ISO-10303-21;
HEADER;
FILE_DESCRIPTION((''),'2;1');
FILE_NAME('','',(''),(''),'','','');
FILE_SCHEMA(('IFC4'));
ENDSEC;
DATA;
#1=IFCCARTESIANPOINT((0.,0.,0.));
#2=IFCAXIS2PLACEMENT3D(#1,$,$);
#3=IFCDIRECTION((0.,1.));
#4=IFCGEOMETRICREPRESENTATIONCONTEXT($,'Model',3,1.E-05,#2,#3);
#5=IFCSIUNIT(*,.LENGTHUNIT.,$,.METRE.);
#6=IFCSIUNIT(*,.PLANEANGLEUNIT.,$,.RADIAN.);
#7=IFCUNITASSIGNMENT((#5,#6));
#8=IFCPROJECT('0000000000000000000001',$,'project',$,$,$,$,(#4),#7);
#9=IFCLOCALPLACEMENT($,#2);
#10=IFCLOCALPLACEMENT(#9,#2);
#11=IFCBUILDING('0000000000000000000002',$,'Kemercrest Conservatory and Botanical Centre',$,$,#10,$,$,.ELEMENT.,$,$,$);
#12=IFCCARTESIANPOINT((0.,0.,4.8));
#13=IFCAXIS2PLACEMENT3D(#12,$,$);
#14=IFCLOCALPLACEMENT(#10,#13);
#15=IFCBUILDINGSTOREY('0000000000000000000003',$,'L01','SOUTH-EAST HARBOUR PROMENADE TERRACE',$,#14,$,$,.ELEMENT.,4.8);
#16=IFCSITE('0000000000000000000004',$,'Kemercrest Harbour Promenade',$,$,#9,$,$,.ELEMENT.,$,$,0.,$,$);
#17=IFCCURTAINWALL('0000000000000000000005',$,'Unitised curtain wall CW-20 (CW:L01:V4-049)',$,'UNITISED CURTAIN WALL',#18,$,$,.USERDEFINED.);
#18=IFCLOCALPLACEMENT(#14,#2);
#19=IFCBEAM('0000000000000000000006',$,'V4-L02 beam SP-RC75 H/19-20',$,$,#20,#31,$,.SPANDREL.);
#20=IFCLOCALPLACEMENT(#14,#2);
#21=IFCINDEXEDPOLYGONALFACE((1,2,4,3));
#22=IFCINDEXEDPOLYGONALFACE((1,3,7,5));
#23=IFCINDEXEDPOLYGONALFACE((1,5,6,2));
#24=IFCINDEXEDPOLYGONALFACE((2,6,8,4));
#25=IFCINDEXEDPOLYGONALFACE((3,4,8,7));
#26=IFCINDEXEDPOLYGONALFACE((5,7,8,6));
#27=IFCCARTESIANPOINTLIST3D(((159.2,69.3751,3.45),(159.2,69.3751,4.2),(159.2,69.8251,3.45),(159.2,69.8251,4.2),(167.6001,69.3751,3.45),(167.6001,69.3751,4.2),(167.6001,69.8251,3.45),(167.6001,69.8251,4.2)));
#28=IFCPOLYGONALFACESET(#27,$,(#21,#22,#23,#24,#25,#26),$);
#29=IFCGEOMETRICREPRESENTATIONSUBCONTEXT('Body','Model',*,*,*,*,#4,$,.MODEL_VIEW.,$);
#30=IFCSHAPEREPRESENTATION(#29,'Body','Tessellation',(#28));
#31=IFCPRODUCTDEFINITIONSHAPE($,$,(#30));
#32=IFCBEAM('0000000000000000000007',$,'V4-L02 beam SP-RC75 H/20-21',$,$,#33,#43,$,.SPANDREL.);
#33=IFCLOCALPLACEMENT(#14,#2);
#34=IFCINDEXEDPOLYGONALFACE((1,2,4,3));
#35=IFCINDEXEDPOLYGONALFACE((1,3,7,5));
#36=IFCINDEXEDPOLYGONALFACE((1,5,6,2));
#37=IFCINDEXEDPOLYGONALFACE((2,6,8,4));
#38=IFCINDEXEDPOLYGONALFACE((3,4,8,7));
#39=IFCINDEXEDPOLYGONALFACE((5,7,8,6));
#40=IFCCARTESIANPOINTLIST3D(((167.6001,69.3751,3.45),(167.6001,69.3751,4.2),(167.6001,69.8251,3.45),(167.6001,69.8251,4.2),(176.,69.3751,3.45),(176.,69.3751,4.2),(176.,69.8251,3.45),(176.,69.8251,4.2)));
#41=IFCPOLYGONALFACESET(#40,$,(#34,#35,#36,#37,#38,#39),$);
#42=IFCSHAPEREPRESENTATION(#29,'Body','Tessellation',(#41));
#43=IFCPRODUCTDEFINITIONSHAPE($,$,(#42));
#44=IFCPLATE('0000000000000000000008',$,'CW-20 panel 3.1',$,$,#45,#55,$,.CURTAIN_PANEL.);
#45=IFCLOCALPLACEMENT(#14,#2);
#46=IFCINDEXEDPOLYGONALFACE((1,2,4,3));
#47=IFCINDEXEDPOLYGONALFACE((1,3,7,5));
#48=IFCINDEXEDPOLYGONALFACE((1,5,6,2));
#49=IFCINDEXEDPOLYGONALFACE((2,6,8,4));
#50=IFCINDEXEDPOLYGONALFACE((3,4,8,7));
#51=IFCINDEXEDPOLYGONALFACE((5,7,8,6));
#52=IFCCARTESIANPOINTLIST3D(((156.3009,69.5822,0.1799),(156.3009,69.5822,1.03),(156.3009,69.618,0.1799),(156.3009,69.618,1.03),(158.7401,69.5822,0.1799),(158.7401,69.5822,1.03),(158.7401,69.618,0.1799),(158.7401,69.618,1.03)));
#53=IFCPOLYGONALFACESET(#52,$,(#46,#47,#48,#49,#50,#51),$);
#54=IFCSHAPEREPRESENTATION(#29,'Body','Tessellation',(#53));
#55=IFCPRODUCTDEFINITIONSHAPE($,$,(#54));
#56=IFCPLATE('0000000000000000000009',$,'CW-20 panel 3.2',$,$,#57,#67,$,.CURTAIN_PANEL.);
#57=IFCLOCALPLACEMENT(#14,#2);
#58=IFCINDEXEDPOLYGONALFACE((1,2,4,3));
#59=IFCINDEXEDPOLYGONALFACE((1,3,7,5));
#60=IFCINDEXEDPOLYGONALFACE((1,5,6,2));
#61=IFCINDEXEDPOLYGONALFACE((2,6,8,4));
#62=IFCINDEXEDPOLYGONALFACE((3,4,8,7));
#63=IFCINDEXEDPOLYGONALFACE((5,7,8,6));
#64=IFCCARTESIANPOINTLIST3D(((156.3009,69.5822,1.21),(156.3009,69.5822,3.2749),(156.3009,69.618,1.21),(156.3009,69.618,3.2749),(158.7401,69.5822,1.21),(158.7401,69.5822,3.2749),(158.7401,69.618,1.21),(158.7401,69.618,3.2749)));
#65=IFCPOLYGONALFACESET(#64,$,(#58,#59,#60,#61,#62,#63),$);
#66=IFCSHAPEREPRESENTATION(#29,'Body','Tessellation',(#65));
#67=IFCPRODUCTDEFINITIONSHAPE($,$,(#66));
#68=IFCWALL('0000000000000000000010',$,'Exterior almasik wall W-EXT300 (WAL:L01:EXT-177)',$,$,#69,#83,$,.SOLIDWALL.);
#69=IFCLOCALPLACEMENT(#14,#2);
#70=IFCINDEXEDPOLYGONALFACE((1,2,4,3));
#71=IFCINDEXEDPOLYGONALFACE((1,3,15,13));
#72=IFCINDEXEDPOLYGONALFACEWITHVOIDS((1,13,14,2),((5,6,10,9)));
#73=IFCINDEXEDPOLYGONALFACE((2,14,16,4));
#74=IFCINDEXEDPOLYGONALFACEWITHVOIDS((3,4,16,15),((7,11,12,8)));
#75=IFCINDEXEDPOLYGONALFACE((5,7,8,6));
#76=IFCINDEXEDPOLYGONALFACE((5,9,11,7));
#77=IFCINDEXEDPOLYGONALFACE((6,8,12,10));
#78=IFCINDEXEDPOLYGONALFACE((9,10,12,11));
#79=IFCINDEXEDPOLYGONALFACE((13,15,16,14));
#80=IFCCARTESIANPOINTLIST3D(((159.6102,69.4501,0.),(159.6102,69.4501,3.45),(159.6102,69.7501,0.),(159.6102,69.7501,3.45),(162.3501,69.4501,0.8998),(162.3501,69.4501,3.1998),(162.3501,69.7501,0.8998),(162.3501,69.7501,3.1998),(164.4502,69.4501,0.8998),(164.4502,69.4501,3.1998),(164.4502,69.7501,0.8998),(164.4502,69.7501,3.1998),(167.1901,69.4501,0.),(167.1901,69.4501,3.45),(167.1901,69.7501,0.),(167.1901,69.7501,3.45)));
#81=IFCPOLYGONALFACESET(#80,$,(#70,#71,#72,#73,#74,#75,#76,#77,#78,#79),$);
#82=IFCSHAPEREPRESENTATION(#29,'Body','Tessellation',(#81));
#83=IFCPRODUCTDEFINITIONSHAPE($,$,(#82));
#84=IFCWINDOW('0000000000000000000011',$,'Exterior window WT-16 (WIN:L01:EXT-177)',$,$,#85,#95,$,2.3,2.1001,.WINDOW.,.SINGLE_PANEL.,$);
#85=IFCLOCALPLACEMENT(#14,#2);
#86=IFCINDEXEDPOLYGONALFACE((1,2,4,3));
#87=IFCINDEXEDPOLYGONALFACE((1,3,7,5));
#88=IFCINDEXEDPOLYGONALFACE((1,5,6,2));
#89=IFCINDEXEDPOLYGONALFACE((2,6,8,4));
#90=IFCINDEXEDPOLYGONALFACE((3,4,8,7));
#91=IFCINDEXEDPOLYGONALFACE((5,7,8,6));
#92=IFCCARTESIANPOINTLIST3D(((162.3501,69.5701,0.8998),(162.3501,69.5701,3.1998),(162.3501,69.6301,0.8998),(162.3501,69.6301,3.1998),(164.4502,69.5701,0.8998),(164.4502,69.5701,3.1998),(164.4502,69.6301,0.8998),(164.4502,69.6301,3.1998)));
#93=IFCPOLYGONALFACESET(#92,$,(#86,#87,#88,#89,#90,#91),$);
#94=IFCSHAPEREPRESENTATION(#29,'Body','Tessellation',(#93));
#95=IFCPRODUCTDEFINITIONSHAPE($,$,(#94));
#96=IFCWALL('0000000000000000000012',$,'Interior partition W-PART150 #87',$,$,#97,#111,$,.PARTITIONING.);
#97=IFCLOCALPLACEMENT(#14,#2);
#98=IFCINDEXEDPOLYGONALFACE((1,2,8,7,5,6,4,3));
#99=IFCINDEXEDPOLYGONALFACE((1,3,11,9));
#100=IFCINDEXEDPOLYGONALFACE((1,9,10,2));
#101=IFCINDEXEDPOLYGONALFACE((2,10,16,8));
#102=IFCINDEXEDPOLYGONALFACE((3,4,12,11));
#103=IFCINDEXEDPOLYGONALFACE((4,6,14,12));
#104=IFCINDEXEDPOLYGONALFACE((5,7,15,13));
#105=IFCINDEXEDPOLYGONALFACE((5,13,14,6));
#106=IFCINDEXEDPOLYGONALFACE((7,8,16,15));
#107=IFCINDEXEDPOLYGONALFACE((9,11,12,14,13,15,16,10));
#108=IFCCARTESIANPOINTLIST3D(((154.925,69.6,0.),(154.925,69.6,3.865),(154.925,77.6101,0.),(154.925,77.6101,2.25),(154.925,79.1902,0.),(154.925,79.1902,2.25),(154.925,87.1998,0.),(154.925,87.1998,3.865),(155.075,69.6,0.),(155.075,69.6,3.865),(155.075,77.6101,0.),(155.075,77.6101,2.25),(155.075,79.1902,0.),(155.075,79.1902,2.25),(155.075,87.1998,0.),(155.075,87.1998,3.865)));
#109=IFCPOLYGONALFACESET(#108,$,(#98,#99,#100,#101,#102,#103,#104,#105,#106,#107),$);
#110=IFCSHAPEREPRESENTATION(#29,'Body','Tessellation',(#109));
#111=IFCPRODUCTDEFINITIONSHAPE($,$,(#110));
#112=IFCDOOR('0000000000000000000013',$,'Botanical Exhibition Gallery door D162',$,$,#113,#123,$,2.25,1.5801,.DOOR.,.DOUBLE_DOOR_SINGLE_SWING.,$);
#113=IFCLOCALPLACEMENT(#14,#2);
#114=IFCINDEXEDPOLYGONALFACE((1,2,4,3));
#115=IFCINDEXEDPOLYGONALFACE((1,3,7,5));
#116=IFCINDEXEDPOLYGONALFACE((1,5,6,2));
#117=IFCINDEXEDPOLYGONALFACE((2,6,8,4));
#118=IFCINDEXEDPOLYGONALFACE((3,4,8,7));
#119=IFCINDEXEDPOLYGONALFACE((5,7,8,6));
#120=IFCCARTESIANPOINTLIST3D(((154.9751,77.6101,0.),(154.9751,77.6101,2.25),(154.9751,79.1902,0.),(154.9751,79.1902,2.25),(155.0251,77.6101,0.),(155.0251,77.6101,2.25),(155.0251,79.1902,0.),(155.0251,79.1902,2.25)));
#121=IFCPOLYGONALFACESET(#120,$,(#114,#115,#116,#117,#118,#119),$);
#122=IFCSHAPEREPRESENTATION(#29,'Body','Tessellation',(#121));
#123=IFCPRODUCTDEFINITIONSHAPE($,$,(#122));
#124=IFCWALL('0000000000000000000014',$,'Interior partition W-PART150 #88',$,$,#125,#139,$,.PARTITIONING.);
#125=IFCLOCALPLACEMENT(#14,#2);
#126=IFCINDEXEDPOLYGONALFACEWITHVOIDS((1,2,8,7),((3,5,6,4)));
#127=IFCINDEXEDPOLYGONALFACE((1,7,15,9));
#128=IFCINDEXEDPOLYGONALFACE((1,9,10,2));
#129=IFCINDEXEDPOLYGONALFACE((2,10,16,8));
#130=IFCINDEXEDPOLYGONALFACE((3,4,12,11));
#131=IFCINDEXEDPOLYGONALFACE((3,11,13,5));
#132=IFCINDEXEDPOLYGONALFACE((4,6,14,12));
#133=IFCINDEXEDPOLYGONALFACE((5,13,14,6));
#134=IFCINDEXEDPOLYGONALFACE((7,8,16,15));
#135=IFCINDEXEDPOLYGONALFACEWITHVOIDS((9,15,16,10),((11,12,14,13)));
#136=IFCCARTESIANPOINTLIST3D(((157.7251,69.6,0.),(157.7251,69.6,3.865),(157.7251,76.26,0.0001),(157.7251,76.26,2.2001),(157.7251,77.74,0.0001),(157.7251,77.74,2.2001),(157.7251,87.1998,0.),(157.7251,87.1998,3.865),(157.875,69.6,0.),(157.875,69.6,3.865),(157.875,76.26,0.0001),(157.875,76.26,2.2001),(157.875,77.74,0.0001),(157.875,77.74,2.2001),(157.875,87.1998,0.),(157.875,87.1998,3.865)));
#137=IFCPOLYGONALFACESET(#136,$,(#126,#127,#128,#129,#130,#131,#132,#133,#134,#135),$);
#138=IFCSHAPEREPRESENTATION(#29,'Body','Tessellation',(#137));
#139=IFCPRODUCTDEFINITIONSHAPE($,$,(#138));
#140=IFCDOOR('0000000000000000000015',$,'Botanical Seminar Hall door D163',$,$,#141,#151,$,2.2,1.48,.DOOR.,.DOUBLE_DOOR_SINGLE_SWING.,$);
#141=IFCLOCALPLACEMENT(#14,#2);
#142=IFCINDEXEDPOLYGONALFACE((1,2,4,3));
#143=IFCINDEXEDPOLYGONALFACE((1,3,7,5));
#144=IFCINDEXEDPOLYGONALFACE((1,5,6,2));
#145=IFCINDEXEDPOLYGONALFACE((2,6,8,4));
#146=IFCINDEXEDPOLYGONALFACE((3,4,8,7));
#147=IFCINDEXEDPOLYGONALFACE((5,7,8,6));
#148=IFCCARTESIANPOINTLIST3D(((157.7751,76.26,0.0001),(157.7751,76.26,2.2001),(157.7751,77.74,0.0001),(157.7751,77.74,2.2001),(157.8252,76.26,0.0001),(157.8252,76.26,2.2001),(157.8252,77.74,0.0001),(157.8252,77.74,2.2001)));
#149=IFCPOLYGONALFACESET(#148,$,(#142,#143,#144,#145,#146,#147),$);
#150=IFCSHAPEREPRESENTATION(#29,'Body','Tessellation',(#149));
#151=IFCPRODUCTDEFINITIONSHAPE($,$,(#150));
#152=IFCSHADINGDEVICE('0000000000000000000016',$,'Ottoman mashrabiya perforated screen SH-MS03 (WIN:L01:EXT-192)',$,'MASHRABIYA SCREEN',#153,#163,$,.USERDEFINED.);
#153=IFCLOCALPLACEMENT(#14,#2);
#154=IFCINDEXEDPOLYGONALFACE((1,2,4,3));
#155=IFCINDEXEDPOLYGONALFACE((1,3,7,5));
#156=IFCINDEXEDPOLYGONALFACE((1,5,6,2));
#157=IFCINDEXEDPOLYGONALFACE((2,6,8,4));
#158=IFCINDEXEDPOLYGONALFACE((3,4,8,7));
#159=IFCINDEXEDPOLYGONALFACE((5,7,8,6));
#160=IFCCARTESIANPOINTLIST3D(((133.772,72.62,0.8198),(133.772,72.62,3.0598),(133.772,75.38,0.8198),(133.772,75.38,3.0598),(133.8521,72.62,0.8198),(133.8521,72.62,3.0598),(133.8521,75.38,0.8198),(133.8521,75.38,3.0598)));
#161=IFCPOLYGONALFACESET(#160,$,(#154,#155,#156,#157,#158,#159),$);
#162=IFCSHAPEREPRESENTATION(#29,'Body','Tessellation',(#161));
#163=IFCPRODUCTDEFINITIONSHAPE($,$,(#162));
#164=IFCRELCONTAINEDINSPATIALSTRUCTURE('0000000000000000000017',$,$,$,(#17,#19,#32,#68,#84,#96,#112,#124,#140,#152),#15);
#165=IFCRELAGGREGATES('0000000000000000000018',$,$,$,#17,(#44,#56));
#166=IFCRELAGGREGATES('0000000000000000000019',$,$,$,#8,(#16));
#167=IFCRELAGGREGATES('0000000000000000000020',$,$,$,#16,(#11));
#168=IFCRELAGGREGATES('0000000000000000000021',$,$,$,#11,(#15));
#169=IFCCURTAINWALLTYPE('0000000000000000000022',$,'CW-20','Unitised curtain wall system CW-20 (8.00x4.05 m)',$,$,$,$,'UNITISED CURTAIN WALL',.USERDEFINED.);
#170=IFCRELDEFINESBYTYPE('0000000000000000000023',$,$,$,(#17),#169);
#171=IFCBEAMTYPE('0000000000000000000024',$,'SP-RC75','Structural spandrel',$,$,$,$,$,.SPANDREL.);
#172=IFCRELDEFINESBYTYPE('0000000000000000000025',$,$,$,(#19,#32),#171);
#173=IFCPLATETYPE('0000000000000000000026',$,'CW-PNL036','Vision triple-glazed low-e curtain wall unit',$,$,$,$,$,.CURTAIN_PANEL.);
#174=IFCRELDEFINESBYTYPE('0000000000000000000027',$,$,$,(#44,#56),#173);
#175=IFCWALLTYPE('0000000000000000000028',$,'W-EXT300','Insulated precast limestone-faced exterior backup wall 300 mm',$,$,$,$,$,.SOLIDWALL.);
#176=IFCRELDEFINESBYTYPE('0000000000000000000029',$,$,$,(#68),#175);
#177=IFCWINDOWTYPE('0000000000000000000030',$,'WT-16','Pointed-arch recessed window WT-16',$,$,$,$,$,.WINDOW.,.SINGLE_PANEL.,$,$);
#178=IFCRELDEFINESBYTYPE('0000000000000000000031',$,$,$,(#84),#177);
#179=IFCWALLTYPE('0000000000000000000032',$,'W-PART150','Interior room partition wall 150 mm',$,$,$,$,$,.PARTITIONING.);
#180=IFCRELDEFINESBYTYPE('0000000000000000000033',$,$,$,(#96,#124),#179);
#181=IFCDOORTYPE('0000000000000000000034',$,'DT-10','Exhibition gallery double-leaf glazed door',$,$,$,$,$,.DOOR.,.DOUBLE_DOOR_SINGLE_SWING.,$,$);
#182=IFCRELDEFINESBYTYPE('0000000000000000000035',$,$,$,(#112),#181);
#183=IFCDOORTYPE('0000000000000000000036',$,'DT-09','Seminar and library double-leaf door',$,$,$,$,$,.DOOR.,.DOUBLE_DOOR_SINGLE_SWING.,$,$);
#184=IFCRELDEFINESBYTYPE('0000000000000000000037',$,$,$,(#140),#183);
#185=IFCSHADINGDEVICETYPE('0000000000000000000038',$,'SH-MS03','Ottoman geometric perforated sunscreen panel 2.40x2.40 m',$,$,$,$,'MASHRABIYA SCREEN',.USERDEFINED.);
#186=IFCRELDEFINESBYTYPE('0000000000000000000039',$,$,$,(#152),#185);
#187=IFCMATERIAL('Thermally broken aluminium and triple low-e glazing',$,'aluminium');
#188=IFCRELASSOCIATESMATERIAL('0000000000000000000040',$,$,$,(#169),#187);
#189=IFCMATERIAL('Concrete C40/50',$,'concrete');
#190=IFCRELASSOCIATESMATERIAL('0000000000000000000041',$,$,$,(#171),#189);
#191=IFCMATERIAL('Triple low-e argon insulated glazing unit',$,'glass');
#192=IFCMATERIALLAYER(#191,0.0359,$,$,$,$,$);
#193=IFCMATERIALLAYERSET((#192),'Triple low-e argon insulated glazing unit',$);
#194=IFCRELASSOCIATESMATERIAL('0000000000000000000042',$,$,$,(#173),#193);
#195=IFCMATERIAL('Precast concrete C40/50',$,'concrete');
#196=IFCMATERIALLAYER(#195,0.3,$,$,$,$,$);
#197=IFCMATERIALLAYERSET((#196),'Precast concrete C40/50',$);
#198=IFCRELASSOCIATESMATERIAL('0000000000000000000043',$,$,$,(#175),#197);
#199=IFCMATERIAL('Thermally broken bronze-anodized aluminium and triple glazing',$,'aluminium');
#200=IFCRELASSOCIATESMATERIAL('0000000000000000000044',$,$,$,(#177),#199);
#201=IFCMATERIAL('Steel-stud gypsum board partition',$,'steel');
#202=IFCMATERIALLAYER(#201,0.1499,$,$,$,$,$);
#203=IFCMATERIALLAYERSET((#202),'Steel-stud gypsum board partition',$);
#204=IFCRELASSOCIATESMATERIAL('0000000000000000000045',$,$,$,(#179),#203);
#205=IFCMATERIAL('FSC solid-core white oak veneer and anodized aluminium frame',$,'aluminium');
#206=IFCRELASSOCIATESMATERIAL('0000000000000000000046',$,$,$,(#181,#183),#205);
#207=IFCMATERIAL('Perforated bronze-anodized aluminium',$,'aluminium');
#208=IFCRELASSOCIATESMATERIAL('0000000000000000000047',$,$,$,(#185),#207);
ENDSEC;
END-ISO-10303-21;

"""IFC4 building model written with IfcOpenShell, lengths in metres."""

from ifc_helpers import new_model, si_unit, direction, frame, frame_2d, origin, origin_2d, place, context, subcontext, project, spatial, rectangle, extrude, material, layer, layer_set, material_profile, profile_set, type_object, element, fill, aggregate, save


model = new_model("IFC4")

# Units and contexts
model_context = context("Model", 3, precision=1e-05, world=origin(), true_north=direction((0.0, 1.0)))
body_context = subcontext(model_context, "Body", "Model", "MODEL_VIEW")
ifc_project = project(units=[si_unit("LENGTHUNIT", "METRE"), si_unit("PLANEANGLEUNIT", "RADIAN")], contexts=[model_context])

# Site, building, storey
site_placement = place(None, origin())
site = spatial("IfcSite", under=ifc_project, at=site_placement, Name="Kemercrest Harbour Promenade", CompositionType="ELEMENT", RefElevation=0.0)
building_placement = place(site_placement, origin())
building = spatial("IfcBuilding", under=site, at=building_placement, Name="Kemercrest Conservatory and Botanical Centre", CompositionType="ELEMENT")
storey_placement = place(building_placement, frame((0.0, 0.0, 4.8)))
storey = spatial("IfcBuildingStorey", under=building, at=storey_placement, Name="L01", Description="SOUTH-EAST HARBOUR PROMENADE TERRACE", CompositionType="ELEMENT", Elevation=4.8)

# Shared definitions
ifc_material_1 = material(Name="Concrete C40/50", Category="concrete")

# Curtain wall
ifc_material_2 = material(Name="Thermally broken aluminium and triple low-e glazing", Category="aluminium")
curtain_wall_type = type_object("IfcCurtainWallType", Name="CW-20", Description="Unitised curtain wall system CW-20 (8.00x4.05 m)", ElementType="UNITISED CURTAIN WALL", PredefinedType="USERDEFINED", material=ifc_material_2)
curtain_wall_placement = place(storey_placement, origin())
curtain_wall = element("IfcCurtainWall", 1, at=curtain_wall_placement, inside=storey, type_object=curtain_wall_type, Name="Unitised curtain wall CW-20 (CW:L01:V4-049)", ObjectType="UNITISED CURTAIN WALL", PredefinedType="USERDEFINED")

# Beams
ifc_material_profile_1 = material_profile(ifc_material_1, rectangle(XDim=0.45, YDim=0.75, at=origin_2d()), Name="RC 450x750")
ifc_profile_set_1 = profile_set([ifc_material_profile_1], Name="Concrete C40/50")
beam_type_1 = type_object("IfcBeamType", Name="SP-RC75", Description="Structural spandrel", PredefinedType="SPANDREL", material=ifc_profile_set_1)
beam_1_placement = place(storey_placement, frame((159.2, 69.6001, 3.825), z_axis=(1.0, 0.0, 0.0), x_axis=(0.0, 1.0, 0.0)))
element("IfcBeam", 2, at=beam_1_placement, inside=storey, type_object=beam_type_1, Name="V4-L02 beam SP-RC75 H/19-20", PredefinedType="SPANDREL", context=body_context, shape_type="SweptSolid", body=[
    extrude(rectangle(XDim=0.45, YDim=0.75, at=origin_2d()), origin(), (0.0, 0.0, 1.0), 8.4001),
])
beam_2_placement = place(storey_placement, frame((167.6001, 69.6001, 3.825), z_axis=(1.0, 0.0, 0.0), x_axis=(0.0, 1.0, 0.0)))
element("IfcBeam", 3, at=beam_2_placement, inside=storey, type_object=beam_type_1, Name="V4-L02 beam SP-RC75 H/20-21", PredefinedType="SPANDREL", context=body_context, shape_type="SweptSolid", body=[
    extrude(rectangle(XDim=0.45, YDim=0.75, at=origin_2d()), origin(), (0.0, 0.0, 1.0), 8.3999),
])

# Plates
ifc_material_3 = material(Name="Triple low-e argon insulated glazing unit", Category="glass")
ifc_layer_1 = layer(ifc_material_3, 0.0359)
ifc_layer_set_1 = layer_set([ifc_layer_1], Name="Triple low-e argon insulated glazing unit")
plate_type = type_object("IfcPlateType", Name="CW-PNL036", Description="Vision triple-glazed low-e curtain wall unit", PredefinedType="CURTAIN_PANEL", material=ifc_layer_set_1)
plate_1_placement = place(storey_placement, frame((157.5205, 69.6001, 0.1799), z_axis=(0.0, 0.0, 1.0), x_axis=(1.0, 0.0, 0.0)))
plate_1 = element("IfcPlate", 4, at=plate_1_placement, type_object=plate_type, Name="CW-20 panel 3.1", PredefinedType="CURTAIN_PANEL", context=body_context, shape_type="SweptSolid", body=[
    extrude(rectangle(XDim=2.4392, YDim=0.0359, at=origin_2d()), origin(), (0.0, 0.0, 1.0), 0.8501),
])
plate_2_placement = place(storey_placement, frame((157.5205, 69.6001, 1.21), z_axis=(0.0, 0.0, 1.0), x_axis=(1.0, 0.0, 0.0)))
plate_2 = element("IfcPlate", 5, at=plate_2_placement, type_object=plate_type, Name="CW-20 panel 3.2", PredefinedType="CURTAIN_PANEL", context=body_context, shape_type="SweptSolid", body=[
    extrude(rectangle(XDim=2.4392, YDim=0.0359, at=origin_2d()), origin(), (0.0, 0.0, 1.0), 2.0649),
])
aggregate(curtain_wall, [plate_1, plate_2])

# Wall, opening, window
ifc_material_4 = material(Name="Precast concrete C40/50", Category="concrete")
ifc_layer_2 = layer(ifc_material_4, 0.3)
ifc_layer_set_2 = layer_set([ifc_layer_2], Name="Precast concrete C40/50")
wall_type_1 = type_object("IfcWallType", Name="W-EXT300", Description="Insulated precast limestone-faced exterior backup wall 300 mm", PredefinedType="SOLIDWALL", material=ifc_layer_set_2)
wall_1_placement = place(storey_placement, frame((159.6101, 69.6001, 0.0), z_axis=(0.0, 0.0, 1.0), x_axis=(1.0, 0.0, 0.0)))
wall_1 = element("IfcWall", 6, at=wall_1_placement, inside=storey, type_object=wall_type_1, Name="Exterior almasik wall W-EXT300 (WAL:L01:EXT-177)", PredefinedType="SOLIDWALL", context=body_context, shape_type="SweptSolid", body=[
    extrude(rectangle(XDim=7.5798, YDim=0.3, at=frame_2d((3.79, 0.0))), origin(), (0.0, 0.0, 1.0), 3.45),
])
opening_1_placement = place(wall_1_placement, frame((2.74, 0.0, 0.8999)))
opening_1 = element("IfcOpeningElement", 7, at=opening_1_placement, cuts=wall_1, PredefinedType="OPENING", context=body_context, shape_type="SweptSolid", body=[
    extrude(rectangle(XDim=2.1001, YDim=2.3, at=frame_2d((1.05, 1.1499))), frame((0.0, 0.1602, 0.0), z_axis=(0.0, -1.0, 0.0), x_axis=(1.0, 0.0, 0.0)), (0.0, 0.0, 1.0), 0.3201),
])
ifc_material_5 = material(Name="Thermally broken bronze-anodized aluminium and triple glazing", Category="aluminium")
window_type = type_object("IfcWindowType", Name="WT-16", Description="Pointed-arch recessed window WT-16", PartitioningType="SINGLE_PANEL", PredefinedType="WINDOW", material=ifc_material_5)
window_placement = place(opening_1_placement, origin())
window = element("IfcWindow", 8, at=window_placement, inside=storey, type_object=window_type, Name="Exterior window WT-16 (WIN:L01:EXT-177)", OverallHeight=2.3, OverallWidth=2.1001, PartitioningType="SINGLE_PANEL", PredefinedType="WINDOW", context=body_context, shape_type="SweptSolid", body=[
    extrude(rectangle(XDim=2.1001, YDim=2.3, at=frame_2d((1.05, 1.1499))), frame((0.0, 0.03, 0.0), z_axis=(0.0, -1.0, 0.0), x_axis=(1.0, 0.0, 0.0)), (0.0, 0.0, 1.0), 0.0601),
])
fill(opening_1, window)

# Walls, openings, doors
ifc_material_6 = material(Name="Steel-stud gypsum board partition", Category="steel")
ifc_layer_3 = layer(ifc_material_6, 0.1499)
ifc_layer_set_3 = layer_set([ifc_layer_3], Name="Steel-stud gypsum board partition")
wall_type_2 = type_object("IfcWallType", Name="W-PART150", Description="Interior room partition wall 150 mm", PredefinedType="PARTITIONING", material=ifc_layer_set_3)
wall_2_placement = place(storey_placement, frame((155.0, 69.6001, 0.0), z_axis=(0.0, 0.0, 1.0), x_axis=(0.0, 1.0, 0.0)))
wall_2 = element("IfcWall", 9, at=wall_2_placement, inside=storey, type_object=wall_type_2, Name="Interior partition W-PART150 #87", PredefinedType="PARTITIONING", context=body_context, shape_type="SweptSolid", body=[
    extrude(rectangle(XDim=17.5999, YDim=0.1499, at=frame_2d((8.7998, 0.0))), origin(), (0.0, 0.0, 1.0), 3.865),
])
opening_2_placement = place(wall_2_placement, frame((8.01, 0.0, 0.0)))
opening_2 = element("IfcOpeningElement", 10, at=opening_2_placement, cuts=wall_2, PredefinedType="OPENING", context=body_context, shape_type="SweptSolid", body=[
    extrude(rectangle(XDim=1.5801, YDim=2.25, at=frame_2d((0.79, 1.125))), frame((0.0, 0.085, 0.0), z_axis=(0.0, -1.0, 0.0), x_axis=(1.0, 0.0, 0.0)), (0.0, 0.0, 1.0), 0.1699),
])
ifc_material_7 = material(Name="FSC solid-core white oak veneer and anodized aluminium frame", Category="aluminium")
door_type_1 = type_object("IfcDoorType", Name="DT-10", Description="Exhibition gallery double-leaf glazed door", OperationType="DOUBLE_DOOR_SINGLE_SWING", PredefinedType="DOOR", material=ifc_material_7)
door_1_placement = place(opening_2_placement, origin())
door_1 = element("IfcDoor", 11, at=door_1_placement, inside=storey, type_object=door_type_1, Name="Botanical Exhibition Gallery door D162", OperationType="DOUBLE_DOOR_SINGLE_SWING", OverallHeight=2.25, OverallWidth=1.5801, PredefinedType="DOOR", context=body_context, shape_type="SweptSolid", body=[
    extrude(rectangle(XDim=1.5801, YDim=2.25, at=frame_2d((0.79, 1.125))), frame((0.0, 0.0249, 0.0), z_axis=(0.0, -1.0, 0.0), x_axis=(1.0, 0.0, 0.0)), (0.0, 0.0, 1.0), 0.05),
])
fill(opening_2, door_1)
wall_3_placement = place(storey_placement, frame((157.8, 69.6001, 0.0), z_axis=(0.0, 0.0, 1.0), x_axis=(0.0, 1.0, 0.0)))
wall_3 = element("IfcWall", 12, at=wall_3_placement, inside=storey, type_object=wall_type_2, Name="Interior partition W-PART150 #88", PredefinedType="PARTITIONING", context=body_context, shape_type="SweptSolid", body=[
    extrude(rectangle(XDim=17.5999, YDim=0.1499, at=frame_2d((8.7998, 0.0))), origin(), (0.0, 0.0, 1.0), 3.865),
])
opening_3_placement = place(wall_3_placement, frame((6.6599, 0.0, 0.0)))
opening_3 = element("IfcOpeningElement", 13, at=opening_3_placement, cuts=wall_3, PredefinedType="OPENING", context=body_context, shape_type="SweptSolid", body=[
    extrude(rectangle(XDim=1.48, YDim=2.2, at=frame_2d((0.74, 1.1001))), frame((0.0, 0.085, 0.0), z_axis=(0.0, -1.0, 0.0), x_axis=(1.0, 0.0, 0.0)), (0.0, 0.0, 1.0), 0.1699),
])
door_type_2 = type_object("IfcDoorType", Name="DT-09", Description="Seminar and library double-leaf door", OperationType="DOUBLE_DOOR_SINGLE_SWING", PredefinedType="DOOR", material=ifc_material_7)
door_2_placement = place(opening_3_placement, origin())
door_2 = element("IfcDoor", 14, at=door_2_placement, inside=storey, type_object=door_type_2, Name="Botanical Seminar Hall door D163", OperationType="DOUBLE_DOOR_SINGLE_SWING", OverallHeight=2.2, OverallWidth=1.48, PredefinedType="DOOR", context=body_context, shape_type="SweptSolid", body=[
    extrude(rectangle(XDim=1.48, YDim=2.2, at=frame_2d((0.74, 1.1001))), frame((0.0, 0.0249, 0.0), z_axis=(0.0, -1.0, 0.0), x_axis=(1.0, 0.0, 0.0)), (0.0, 0.0, 1.0), 0.05),
])
fill(opening_3, door_2)

# Shading device
ifc_material_8 = material(Name="Perforated bronze-anodized aluminium", Category="aluminium")
shading_device_type = type_object("IfcShadingDeviceType", Name="SH-MS03", Description="Ottoman geometric perforated sunscreen panel 2.40x2.40 m", ElementType="MASHRABIYA SCREEN", PredefinedType="USERDEFINED", material=ifc_material_8)
shading_device_placement = place(storey_placement, frame((133.812, 74.0, 0.8198), z_axis=(0.0, 0.0, 1.0), x_axis=(0.0, -1.0, 0.0)))
element("IfcShadingDevice", 15, at=shading_device_placement, inside=storey, type_object=shading_device_type, Name="Ottoman mashrabiya perforated screen SH-MS03 (WIN:L01:EXT-192)", ObjectType="MASHRABIYA SCREEN", PredefinedType="USERDEFINED", context=body_context, shape_type="SweptSolid", body=[
    extrude(rectangle(XDim=2.76, YDim=0.0801, at=origin_2d()), origin(), (0.0, 0.0, 1.0), 2.24),
])

save(model, "model.ifc")
